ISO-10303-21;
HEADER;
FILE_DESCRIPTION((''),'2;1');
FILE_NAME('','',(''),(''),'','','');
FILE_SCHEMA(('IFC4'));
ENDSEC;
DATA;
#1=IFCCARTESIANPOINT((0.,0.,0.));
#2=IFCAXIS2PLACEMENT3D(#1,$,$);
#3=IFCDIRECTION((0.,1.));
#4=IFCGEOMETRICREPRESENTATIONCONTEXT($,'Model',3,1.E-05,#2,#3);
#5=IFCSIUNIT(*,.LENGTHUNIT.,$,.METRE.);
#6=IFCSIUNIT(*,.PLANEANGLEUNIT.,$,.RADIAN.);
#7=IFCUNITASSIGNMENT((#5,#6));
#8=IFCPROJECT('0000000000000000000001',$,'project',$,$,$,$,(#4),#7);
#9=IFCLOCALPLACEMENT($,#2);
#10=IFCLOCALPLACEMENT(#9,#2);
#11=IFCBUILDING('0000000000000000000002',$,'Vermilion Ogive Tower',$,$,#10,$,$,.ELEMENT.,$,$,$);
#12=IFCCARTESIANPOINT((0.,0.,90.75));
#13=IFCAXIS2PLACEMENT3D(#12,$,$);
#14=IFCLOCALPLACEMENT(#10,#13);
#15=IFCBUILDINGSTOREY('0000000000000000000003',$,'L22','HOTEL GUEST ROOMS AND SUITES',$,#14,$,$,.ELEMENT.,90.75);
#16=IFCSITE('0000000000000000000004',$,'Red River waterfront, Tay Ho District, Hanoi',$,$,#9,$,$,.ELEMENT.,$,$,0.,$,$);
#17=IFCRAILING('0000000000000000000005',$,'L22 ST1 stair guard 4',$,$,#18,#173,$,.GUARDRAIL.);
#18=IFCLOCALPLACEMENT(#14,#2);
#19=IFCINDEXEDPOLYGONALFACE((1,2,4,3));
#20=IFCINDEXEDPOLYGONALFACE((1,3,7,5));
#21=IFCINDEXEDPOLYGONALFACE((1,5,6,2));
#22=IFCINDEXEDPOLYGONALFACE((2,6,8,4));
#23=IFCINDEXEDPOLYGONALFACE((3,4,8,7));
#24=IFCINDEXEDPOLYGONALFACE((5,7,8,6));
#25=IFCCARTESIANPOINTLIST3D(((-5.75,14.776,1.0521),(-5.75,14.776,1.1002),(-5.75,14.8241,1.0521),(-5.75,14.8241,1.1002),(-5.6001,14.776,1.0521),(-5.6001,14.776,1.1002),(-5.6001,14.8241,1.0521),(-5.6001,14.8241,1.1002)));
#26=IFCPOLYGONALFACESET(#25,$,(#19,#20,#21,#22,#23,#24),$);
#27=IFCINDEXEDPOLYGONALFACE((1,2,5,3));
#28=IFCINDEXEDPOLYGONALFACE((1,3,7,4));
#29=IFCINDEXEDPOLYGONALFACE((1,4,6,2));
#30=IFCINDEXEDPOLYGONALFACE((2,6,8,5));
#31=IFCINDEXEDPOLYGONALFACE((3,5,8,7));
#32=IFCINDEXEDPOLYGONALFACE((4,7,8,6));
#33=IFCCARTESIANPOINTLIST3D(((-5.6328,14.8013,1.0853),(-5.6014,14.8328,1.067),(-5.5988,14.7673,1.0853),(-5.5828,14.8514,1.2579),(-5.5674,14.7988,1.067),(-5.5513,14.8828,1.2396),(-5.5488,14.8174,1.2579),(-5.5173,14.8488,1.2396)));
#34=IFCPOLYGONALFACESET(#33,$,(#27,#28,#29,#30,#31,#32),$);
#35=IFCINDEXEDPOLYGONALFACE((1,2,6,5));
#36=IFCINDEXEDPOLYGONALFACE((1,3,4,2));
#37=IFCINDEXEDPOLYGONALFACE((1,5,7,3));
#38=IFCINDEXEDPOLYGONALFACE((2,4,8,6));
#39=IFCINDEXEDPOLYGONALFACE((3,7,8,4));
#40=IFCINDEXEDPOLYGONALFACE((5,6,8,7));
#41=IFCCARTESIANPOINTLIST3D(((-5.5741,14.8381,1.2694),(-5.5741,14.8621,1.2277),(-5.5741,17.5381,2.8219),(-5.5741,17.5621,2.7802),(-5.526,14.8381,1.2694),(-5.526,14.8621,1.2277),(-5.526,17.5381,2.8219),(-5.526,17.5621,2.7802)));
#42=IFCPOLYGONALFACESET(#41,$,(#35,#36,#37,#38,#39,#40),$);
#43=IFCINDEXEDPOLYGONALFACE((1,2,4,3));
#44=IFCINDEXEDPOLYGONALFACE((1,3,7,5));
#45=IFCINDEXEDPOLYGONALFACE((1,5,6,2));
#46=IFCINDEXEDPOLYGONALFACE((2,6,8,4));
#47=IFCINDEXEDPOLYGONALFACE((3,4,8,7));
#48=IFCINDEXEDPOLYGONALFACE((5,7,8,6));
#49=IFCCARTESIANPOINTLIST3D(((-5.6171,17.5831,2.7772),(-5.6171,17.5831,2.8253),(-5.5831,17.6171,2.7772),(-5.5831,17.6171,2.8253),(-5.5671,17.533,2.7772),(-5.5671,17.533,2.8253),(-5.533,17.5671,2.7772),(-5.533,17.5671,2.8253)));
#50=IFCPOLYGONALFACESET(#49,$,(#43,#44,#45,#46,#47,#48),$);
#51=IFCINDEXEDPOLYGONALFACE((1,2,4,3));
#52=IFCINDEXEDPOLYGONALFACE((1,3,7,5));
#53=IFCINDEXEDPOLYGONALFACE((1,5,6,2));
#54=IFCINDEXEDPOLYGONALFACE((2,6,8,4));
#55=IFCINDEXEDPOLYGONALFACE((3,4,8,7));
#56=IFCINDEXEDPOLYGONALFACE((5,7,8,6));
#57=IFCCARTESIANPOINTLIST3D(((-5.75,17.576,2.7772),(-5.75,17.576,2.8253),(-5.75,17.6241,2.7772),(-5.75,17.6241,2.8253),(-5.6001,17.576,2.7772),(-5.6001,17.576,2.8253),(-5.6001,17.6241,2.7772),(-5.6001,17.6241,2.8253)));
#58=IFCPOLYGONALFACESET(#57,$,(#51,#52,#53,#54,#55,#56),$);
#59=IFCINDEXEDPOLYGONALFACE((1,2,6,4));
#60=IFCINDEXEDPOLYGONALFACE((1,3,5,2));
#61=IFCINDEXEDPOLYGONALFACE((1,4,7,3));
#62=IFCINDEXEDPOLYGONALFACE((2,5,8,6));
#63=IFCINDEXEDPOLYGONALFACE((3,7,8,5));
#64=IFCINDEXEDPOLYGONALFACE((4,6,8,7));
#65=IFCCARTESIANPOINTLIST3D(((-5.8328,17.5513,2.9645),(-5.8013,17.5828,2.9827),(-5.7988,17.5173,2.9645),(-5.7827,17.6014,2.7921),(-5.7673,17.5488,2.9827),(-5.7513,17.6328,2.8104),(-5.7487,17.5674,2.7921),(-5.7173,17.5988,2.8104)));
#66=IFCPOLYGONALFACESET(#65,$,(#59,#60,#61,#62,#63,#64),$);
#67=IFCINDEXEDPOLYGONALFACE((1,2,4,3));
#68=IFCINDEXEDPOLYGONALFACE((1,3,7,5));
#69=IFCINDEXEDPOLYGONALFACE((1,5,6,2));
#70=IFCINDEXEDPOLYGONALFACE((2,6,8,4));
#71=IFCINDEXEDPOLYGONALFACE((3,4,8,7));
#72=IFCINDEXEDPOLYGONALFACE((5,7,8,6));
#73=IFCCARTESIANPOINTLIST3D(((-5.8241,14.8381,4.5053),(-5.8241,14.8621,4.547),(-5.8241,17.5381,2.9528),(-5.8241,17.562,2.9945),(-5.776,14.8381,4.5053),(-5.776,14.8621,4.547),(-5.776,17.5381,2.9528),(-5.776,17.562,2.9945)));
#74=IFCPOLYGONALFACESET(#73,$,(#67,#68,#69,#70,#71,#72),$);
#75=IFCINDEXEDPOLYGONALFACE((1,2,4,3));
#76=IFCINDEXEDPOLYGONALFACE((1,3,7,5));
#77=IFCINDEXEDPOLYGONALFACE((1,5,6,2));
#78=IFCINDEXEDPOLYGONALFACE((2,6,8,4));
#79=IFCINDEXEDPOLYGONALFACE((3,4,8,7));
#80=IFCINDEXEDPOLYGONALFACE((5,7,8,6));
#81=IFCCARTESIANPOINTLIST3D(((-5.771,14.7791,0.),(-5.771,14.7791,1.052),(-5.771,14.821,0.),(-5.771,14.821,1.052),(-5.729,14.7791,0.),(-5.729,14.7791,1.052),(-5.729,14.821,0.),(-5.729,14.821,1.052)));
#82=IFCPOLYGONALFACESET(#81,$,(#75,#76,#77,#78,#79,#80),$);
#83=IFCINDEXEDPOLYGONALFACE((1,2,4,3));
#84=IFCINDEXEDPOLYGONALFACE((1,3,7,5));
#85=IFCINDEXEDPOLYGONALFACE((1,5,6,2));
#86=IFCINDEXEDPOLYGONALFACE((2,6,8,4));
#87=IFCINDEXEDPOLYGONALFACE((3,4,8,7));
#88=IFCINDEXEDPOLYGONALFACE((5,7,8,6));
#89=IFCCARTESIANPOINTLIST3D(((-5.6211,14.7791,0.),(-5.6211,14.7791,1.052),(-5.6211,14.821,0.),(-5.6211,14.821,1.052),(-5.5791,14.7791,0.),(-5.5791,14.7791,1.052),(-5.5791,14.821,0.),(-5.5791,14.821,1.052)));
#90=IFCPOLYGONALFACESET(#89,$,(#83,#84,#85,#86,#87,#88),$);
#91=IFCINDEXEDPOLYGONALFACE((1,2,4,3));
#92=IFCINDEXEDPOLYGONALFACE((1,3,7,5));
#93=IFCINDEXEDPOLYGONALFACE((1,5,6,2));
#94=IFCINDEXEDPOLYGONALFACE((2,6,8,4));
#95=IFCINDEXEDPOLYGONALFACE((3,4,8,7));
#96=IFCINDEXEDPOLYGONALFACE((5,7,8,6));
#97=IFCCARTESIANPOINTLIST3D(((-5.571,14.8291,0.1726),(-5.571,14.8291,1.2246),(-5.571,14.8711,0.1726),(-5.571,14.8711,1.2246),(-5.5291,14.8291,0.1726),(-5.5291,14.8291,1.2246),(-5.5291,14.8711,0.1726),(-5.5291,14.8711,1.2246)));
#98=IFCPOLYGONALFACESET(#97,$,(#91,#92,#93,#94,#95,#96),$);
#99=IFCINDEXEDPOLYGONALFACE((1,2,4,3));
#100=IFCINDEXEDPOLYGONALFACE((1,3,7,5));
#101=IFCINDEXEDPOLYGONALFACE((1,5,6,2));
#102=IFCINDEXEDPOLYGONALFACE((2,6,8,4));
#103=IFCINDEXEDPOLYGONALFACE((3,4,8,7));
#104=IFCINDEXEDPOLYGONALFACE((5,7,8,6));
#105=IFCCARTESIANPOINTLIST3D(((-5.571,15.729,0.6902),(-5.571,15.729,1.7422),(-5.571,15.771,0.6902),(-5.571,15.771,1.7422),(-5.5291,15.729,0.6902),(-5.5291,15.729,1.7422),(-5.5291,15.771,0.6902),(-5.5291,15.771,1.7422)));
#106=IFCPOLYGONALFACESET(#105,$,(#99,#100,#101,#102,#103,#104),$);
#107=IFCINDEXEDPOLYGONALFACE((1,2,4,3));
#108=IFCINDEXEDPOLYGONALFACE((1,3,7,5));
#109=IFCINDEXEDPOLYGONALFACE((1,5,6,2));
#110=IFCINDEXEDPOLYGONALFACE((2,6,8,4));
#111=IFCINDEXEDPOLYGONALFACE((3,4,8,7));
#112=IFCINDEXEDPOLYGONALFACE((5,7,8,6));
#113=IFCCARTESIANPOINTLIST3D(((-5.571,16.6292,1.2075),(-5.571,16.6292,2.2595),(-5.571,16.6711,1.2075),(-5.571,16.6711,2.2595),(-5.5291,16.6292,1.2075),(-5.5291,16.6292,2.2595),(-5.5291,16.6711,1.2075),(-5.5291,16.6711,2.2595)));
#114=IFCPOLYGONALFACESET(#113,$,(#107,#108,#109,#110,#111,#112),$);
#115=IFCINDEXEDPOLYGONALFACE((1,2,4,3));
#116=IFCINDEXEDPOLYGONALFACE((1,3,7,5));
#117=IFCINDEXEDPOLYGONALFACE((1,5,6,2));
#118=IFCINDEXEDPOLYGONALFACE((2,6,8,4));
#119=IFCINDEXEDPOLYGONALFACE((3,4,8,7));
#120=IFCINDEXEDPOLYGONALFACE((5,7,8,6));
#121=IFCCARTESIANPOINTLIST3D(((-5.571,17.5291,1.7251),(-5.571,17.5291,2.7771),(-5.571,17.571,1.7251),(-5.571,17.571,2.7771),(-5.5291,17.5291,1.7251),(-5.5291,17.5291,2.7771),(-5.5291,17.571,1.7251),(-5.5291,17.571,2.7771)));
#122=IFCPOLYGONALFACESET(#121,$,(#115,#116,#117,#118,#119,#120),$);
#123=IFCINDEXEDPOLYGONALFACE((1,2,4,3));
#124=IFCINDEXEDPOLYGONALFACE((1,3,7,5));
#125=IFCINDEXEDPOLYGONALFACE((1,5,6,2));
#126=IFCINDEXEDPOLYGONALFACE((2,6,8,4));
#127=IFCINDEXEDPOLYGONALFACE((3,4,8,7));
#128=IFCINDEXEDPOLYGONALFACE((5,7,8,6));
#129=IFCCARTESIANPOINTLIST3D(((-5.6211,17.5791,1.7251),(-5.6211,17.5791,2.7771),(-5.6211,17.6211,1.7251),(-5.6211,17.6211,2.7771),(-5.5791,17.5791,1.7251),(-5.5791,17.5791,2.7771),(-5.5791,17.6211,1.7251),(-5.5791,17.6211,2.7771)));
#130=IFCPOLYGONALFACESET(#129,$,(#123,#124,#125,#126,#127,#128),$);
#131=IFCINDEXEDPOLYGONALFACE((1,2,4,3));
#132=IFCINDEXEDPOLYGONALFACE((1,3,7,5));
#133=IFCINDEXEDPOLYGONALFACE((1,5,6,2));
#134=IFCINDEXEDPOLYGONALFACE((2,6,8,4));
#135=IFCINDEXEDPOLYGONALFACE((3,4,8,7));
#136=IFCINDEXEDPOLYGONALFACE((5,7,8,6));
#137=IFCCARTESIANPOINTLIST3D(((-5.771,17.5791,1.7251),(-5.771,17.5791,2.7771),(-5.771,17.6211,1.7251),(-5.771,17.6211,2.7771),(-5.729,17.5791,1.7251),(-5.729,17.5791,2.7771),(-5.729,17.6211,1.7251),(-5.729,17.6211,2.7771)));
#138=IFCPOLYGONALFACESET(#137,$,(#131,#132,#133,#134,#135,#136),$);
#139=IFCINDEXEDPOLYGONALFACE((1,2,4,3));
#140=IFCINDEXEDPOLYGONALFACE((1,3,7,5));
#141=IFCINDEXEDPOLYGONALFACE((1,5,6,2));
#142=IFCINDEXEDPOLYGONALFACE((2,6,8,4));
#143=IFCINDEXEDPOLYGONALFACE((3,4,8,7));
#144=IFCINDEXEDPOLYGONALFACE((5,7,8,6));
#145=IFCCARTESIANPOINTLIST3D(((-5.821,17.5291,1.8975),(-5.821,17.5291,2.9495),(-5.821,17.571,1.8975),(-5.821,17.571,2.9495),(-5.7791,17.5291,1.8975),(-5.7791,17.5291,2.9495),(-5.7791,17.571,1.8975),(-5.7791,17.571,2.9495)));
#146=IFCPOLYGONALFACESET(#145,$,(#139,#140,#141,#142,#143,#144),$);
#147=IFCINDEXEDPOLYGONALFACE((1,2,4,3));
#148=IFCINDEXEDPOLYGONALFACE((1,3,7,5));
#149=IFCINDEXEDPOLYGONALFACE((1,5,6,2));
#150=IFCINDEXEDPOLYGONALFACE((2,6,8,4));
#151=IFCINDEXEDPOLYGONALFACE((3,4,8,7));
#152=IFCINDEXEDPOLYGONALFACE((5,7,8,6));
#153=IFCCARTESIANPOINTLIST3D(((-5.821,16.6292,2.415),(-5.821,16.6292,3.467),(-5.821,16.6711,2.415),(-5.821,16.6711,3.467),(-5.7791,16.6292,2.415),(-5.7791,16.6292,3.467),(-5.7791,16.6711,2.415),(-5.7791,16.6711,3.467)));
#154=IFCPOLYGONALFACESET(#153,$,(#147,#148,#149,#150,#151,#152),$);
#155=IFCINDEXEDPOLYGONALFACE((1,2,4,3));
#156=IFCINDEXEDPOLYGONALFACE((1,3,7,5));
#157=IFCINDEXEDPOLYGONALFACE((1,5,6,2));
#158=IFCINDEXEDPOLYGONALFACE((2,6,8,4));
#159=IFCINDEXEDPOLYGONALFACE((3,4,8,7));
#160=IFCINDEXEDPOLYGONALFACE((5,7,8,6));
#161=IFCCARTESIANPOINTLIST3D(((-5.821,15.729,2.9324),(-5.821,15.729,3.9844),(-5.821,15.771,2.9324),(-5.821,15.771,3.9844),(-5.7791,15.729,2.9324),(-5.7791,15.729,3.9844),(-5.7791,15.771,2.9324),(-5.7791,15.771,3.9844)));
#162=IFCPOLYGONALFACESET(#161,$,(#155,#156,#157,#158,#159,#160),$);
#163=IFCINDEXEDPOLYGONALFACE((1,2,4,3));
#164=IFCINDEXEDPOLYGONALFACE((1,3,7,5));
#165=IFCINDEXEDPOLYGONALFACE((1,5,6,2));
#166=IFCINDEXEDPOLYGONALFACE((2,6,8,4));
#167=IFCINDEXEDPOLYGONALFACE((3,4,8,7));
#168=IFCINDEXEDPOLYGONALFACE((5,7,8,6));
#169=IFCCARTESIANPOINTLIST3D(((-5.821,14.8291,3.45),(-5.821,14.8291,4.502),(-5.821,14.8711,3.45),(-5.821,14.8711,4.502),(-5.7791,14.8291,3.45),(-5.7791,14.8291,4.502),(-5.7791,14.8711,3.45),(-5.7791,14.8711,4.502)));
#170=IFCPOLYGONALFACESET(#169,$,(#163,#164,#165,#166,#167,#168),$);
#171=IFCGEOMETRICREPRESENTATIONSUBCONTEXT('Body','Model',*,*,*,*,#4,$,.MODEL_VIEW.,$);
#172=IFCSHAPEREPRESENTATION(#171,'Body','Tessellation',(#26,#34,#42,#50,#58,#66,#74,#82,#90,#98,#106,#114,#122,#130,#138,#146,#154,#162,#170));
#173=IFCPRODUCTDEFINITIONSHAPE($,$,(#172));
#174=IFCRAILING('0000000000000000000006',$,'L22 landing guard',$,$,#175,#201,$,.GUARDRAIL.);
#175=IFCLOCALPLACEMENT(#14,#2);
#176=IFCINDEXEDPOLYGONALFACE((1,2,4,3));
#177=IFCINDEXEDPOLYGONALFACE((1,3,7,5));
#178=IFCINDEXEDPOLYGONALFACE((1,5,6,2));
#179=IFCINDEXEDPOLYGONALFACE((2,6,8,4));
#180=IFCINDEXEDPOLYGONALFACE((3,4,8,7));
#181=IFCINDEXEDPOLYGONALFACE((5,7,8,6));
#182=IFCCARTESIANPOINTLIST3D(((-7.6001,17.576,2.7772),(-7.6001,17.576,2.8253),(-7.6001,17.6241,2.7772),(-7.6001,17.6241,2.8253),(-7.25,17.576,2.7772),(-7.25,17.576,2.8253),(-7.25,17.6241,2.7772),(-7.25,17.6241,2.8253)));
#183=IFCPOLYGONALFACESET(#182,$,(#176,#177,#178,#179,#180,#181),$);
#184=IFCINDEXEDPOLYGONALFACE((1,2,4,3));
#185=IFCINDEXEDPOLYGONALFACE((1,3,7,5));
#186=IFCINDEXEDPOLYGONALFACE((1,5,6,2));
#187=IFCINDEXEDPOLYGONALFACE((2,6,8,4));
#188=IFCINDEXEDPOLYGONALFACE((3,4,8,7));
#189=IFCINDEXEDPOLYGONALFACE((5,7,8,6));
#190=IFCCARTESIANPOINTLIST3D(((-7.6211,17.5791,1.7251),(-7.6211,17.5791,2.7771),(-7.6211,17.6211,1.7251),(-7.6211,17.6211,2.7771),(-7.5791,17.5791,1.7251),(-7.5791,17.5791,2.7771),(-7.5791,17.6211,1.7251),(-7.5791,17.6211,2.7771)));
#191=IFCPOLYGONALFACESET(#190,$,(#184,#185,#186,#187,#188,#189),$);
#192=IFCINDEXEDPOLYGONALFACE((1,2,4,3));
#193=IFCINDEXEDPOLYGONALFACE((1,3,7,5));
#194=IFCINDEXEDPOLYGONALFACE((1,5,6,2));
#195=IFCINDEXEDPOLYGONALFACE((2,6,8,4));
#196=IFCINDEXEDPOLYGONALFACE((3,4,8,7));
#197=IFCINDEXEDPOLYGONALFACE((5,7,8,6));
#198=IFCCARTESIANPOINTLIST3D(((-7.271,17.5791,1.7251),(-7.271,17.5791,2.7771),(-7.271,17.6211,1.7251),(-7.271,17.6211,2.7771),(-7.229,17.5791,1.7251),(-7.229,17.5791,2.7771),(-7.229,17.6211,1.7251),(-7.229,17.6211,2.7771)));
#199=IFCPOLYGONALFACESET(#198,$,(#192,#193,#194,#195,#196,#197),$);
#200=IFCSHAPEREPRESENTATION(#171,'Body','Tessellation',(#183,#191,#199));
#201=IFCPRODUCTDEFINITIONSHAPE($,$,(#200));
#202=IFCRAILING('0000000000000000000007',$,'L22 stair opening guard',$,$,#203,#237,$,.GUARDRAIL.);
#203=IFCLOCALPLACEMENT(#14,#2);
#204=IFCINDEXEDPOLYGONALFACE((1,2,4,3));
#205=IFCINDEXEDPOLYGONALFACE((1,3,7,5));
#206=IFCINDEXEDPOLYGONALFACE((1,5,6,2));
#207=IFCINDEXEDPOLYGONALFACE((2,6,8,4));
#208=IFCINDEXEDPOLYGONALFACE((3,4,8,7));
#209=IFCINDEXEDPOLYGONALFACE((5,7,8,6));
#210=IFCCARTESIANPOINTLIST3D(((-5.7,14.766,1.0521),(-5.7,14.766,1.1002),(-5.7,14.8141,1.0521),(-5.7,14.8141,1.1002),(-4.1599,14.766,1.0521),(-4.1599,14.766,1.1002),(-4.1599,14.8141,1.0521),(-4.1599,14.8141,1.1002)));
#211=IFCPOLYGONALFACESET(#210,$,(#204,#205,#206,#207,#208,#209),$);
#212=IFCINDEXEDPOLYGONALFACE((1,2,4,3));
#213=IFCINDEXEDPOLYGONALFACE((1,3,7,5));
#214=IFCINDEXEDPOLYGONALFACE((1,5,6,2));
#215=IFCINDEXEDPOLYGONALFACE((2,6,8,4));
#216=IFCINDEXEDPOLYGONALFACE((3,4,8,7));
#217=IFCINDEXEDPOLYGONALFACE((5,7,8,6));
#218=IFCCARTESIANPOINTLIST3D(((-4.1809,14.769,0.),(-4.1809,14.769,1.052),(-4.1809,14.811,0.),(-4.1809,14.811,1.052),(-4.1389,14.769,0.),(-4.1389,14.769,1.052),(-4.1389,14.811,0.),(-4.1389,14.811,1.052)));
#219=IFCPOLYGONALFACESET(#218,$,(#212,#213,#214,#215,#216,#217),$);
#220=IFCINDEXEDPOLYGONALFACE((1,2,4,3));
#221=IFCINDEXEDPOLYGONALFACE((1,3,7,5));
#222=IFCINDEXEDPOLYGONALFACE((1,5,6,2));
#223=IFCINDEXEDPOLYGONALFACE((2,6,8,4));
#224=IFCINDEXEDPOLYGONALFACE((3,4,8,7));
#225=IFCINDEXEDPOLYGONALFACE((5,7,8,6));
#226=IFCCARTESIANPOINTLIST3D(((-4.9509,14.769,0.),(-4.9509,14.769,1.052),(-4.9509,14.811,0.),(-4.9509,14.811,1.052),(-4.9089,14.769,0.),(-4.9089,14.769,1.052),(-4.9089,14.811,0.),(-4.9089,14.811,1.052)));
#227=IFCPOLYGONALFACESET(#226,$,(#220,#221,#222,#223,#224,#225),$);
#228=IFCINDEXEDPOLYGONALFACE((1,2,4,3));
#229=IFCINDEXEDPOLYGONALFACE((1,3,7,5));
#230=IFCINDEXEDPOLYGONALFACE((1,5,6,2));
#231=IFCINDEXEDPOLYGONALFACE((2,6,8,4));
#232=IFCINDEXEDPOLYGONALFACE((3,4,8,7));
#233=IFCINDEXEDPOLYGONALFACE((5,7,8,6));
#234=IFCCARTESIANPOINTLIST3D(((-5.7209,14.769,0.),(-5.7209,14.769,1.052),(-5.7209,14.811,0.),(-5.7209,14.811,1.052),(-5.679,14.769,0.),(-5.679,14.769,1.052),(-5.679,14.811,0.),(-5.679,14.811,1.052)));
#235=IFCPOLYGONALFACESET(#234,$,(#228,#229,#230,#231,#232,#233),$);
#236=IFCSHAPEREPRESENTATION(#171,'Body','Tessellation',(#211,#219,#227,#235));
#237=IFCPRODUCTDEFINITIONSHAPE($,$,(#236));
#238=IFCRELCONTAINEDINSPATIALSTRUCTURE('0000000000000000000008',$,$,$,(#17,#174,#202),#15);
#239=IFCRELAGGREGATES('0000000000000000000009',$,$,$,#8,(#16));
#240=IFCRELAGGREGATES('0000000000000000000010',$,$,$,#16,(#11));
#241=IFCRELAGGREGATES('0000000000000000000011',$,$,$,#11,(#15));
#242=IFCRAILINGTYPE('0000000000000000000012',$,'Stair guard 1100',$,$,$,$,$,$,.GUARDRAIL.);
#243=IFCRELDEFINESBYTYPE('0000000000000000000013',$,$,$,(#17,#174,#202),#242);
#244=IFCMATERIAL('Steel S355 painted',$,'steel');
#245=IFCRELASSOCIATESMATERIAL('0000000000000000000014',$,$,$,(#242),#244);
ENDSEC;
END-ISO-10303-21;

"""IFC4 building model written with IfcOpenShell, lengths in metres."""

from ifc_helpers import new_model, si_unit, direction, frame, origin, origin_2d, place, context, subcontext, project, spatial, rectangle, extrude, material, type_object, element, save


model = new_model("IFC4")

# Units and contexts
model_context = context("Model", 3, precision=1e-05, world=origin(), true_north=direction((0.0, 1.0)))
body_context = subcontext(model_context, "Body", "Model", "MODEL_VIEW")
ifc_project = project(units=[si_unit("LENGTHUNIT", "METRE"), si_unit("PLANEANGLEUNIT", "RADIAN")], contexts=[model_context])

# Site, building, storey
site_placement = place(None, origin())
site = spatial("IfcSite", under=ifc_project, at=site_placement, Name="Red River waterfront, Tay Ho District, Hanoi", CompositionType="ELEMENT", RefElevation=0.0)
building_placement = place(site_placement, origin())
building = spatial("IfcBuilding", under=site, at=building_placement, Name="Vermilion Ogive Tower", CompositionType="ELEMENT")
storey_placement = place(building_placement, frame((0.0, 0.0, 90.75)))
storey = spatial("IfcBuildingStorey", under=building, at=storey_placement, Name="L22", Description="HOTEL GUEST ROOMS AND SUITES", CompositionType="ELEMENT", Elevation=90.75)

# Railings
ifc_material_1 = material(Name="Steel S355 painted", Category="steel")
railing_type_1 = type_object("IfcRailingType", Name="Stair guard 1100", PredefinedType="GUARDRAIL", material=ifc_material_1)
railing_1_placement = place(storey_placement, frame((-5.75, 14.8, 0.0)))
element("IfcRailing", 1, at=railing_1_placement, inside=storey, type_object=railing_type_1, Name="L22 ST1 stair guard 4", PredefinedType="GUARDRAIL", context=body_context, shape_type="SweptSolid", body=[
    extrude(rectangle(XDim=0.0481, YDim=0.0481, at=origin_2d()), frame((0.0, 0.0, 1.0762), z_axis=(1.0, 0.0, 0.0), x_axis=(0.0, 1.0, 0.0)), (0.0, 0.0, 1.0), 0.1499),
    extrude(rectangle(XDim=0.0481, YDim=0.0481, at=origin_2d()), frame((0.1499, 0.0, 1.0762), z_axis=(0.268278, 0.268278, 0.925232), x_axis=(-0.707107, 0.707107, 0.0)), (0.0, 0.0, 1.0), 0.1865),
    extrude(rectangle(XDim=0.0481, YDim=0.0481, at=origin_2d()), frame((0.2, 0.05, 1.2485), z_axis=(0.0, 0.866904, 0.498476), x_axis=(-1.0, 0.0, 0.0)), (0.0, 0.0, 1.0), 3.1145),
    extrude(rectangle(XDim=0.0481, YDim=0.0481, at=origin_2d()), frame((0.2, 2.75, 2.8013), z_axis=(-0.707107, 0.707107, 0.0), x_axis=(-0.707107, -0.707107, 0.0)), (0.0, 0.0, 1.0), 0.0708),
    extrude(rectangle(XDim=0.0481, YDim=0.0481, at=origin_2d()), frame((0.1499, 2.8, 2.8013), z_axis=(-1.0, 0.0, 0.0), x_axis=(0.0, -1.0, 0.0)), (0.0, 0.0, 1.0), 0.1499),
    extrude(rectangle(XDim=0.0481, YDim=0.0481, at=origin_2d()), frame((0.0, 2.8, 2.8013), z_axis=(-0.268603, -0.268603, 0.925043), x_axis=(0.707107, -0.707107, 0.0)), (0.0, 0.0, 1.0), 0.1863),
    extrude(rectangle(XDim=0.0481, YDim=0.0481, at=origin_2d()), frame((-0.05, 2.75, 2.9736), z_axis=(0.0, -0.866904, 0.498476), x_axis=(1.0, 0.0, 0.0)), (0.0, 0.0, 1.0), 3.1145),
    extrude(rectangle(XDim=0.042, YDim=0.042, at=origin_2d()), origin(), (0.0, 0.0, 1.0), 1.052),
    extrude(rectangle(XDim=0.042, YDim=0.042, at=origin_2d()), frame((0.1499, 0.0, 0.0)), (0.0, 0.0, 1.0), 1.052),
    extrude(rectangle(XDim=0.042, YDim=0.042, at=origin_2d()), frame((0.2, 0.05, 0.1726)), (0.0, 0.0, 1.0), 1.052),
    extrude(rectangle(XDim=0.042, YDim=0.042, at=origin_2d()), frame((0.2, 0.95, 0.6902)), (0.0, 0.0, 1.0), 1.052),
    extrude(rectangle(XDim=0.042, YDim=0.042, at=origin_2d()), frame((0.2, 1.8501, 1.2075)), (0.0, 0.0, 1.0), 1.052),
    extrude(rectangle(XDim=0.042, YDim=0.042, at=origin_2d()), frame((0.2, 2.75, 1.7251)), (0.0, 0.0, 1.0), 1.052),
    extrude(rectangle(XDim=0.042, YDim=0.042, at=origin_2d()), frame((0.1499, 2.8, 1.7251)), (0.0, 0.0, 1.0), 1.052),
    extrude(rectangle(XDim=0.042, YDim=0.042, at=origin_2d()), frame((0.0, 2.8, 1.7251)), (0.0, 0.0, 1.0), 1.052),
    extrude(rectangle(XDim=0.042, YDim=0.042, at=origin_2d()), frame((-0.05, 2.75, 1.8975)), (0.0, 0.0, 1.0), 1.052),
    extrude(rectangle(XDim=0.042, YDim=0.042, at=origin_2d()), frame((-0.05, 1.8501, 2.415)), (0.0, 0.0, 1.0), 1.052),
    extrude(rectangle(XDim=0.042, YDim=0.042, at=origin_2d()), frame((-0.05, 0.95, 2.9324)), (0.0, 0.0, 1.0), 1.052),
    extrude(rectangle(XDim=0.042, YDim=0.042, at=origin_2d()), frame((-0.05, 0.05, 3.45)), (0.0, 0.0, 1.0), 1.052),
])
railing_2_placement = place(storey_placement, frame((-7.6001, 17.6001, 1.7251)))
element("IfcRailing", 2, at=railing_2_placement, inside=storey, type_object=railing_type_1, Name="L22 landing guard", PredefinedType="GUARDRAIL", context=body_context, shape_type="SweptSolid", body=[
    extrude(rectangle(XDim=0.0481, YDim=0.0481, at=origin_2d()), frame((0.0, 0.0, 1.0762), z_axis=(1.0, 0.0, 0.0), x_axis=(0.0, 1.0, 0.0)), (0.0, 0.0, 1.0), 0.3501),
    extrude(rectangle(XDim=0.042, YDim=0.042, at=origin_2d()), origin(), (0.0, 0.0, 1.0), 1.052),
    extrude(rectangle(XDim=0.042, YDim=0.042, at=origin_2d()), frame((0.3501, 0.0, 0.0)), (0.0, 0.0, 1.0), 1.052),
])
railing_3_placement = place(storey_placement, frame((-4.1599, 14.79, 0.0)))
element("IfcRailing", 3, at=railing_3_placement, inside=storey, type_object=railing_type_1, Name="L22 stair opening guard", PredefinedType="GUARDRAIL", context=body_context, shape_type="SweptSolid", body=[
    extrude(rectangle(XDim=0.0481, YDim=0.0481, at=origin_2d()), frame((0.0, 0.0, 1.0762), z_axis=(-1.0, 0.0, 0.0), x_axis=(0.0, -1.0, 0.0)), (0.0, 0.0, 1.0), 1.54),
    extrude(rectangle(XDim=0.042, YDim=0.042, at=origin_2d()), origin(), (0.0, 0.0, 1.0), 1.052),
    extrude(rectangle(XDim=0.042, YDim=0.042, at=origin_2d()), frame((-0.77, 0.0, 0.0)), (0.0, 0.0, 1.0), 1.052),
    extrude(rectangle(XDim=0.042, YDim=0.042, at=origin_2d()), frame((-1.54, 0.0, 0.0)), (0.0, 0.0, 1.0), 1.052),
])

save(model, "model.ifc")
